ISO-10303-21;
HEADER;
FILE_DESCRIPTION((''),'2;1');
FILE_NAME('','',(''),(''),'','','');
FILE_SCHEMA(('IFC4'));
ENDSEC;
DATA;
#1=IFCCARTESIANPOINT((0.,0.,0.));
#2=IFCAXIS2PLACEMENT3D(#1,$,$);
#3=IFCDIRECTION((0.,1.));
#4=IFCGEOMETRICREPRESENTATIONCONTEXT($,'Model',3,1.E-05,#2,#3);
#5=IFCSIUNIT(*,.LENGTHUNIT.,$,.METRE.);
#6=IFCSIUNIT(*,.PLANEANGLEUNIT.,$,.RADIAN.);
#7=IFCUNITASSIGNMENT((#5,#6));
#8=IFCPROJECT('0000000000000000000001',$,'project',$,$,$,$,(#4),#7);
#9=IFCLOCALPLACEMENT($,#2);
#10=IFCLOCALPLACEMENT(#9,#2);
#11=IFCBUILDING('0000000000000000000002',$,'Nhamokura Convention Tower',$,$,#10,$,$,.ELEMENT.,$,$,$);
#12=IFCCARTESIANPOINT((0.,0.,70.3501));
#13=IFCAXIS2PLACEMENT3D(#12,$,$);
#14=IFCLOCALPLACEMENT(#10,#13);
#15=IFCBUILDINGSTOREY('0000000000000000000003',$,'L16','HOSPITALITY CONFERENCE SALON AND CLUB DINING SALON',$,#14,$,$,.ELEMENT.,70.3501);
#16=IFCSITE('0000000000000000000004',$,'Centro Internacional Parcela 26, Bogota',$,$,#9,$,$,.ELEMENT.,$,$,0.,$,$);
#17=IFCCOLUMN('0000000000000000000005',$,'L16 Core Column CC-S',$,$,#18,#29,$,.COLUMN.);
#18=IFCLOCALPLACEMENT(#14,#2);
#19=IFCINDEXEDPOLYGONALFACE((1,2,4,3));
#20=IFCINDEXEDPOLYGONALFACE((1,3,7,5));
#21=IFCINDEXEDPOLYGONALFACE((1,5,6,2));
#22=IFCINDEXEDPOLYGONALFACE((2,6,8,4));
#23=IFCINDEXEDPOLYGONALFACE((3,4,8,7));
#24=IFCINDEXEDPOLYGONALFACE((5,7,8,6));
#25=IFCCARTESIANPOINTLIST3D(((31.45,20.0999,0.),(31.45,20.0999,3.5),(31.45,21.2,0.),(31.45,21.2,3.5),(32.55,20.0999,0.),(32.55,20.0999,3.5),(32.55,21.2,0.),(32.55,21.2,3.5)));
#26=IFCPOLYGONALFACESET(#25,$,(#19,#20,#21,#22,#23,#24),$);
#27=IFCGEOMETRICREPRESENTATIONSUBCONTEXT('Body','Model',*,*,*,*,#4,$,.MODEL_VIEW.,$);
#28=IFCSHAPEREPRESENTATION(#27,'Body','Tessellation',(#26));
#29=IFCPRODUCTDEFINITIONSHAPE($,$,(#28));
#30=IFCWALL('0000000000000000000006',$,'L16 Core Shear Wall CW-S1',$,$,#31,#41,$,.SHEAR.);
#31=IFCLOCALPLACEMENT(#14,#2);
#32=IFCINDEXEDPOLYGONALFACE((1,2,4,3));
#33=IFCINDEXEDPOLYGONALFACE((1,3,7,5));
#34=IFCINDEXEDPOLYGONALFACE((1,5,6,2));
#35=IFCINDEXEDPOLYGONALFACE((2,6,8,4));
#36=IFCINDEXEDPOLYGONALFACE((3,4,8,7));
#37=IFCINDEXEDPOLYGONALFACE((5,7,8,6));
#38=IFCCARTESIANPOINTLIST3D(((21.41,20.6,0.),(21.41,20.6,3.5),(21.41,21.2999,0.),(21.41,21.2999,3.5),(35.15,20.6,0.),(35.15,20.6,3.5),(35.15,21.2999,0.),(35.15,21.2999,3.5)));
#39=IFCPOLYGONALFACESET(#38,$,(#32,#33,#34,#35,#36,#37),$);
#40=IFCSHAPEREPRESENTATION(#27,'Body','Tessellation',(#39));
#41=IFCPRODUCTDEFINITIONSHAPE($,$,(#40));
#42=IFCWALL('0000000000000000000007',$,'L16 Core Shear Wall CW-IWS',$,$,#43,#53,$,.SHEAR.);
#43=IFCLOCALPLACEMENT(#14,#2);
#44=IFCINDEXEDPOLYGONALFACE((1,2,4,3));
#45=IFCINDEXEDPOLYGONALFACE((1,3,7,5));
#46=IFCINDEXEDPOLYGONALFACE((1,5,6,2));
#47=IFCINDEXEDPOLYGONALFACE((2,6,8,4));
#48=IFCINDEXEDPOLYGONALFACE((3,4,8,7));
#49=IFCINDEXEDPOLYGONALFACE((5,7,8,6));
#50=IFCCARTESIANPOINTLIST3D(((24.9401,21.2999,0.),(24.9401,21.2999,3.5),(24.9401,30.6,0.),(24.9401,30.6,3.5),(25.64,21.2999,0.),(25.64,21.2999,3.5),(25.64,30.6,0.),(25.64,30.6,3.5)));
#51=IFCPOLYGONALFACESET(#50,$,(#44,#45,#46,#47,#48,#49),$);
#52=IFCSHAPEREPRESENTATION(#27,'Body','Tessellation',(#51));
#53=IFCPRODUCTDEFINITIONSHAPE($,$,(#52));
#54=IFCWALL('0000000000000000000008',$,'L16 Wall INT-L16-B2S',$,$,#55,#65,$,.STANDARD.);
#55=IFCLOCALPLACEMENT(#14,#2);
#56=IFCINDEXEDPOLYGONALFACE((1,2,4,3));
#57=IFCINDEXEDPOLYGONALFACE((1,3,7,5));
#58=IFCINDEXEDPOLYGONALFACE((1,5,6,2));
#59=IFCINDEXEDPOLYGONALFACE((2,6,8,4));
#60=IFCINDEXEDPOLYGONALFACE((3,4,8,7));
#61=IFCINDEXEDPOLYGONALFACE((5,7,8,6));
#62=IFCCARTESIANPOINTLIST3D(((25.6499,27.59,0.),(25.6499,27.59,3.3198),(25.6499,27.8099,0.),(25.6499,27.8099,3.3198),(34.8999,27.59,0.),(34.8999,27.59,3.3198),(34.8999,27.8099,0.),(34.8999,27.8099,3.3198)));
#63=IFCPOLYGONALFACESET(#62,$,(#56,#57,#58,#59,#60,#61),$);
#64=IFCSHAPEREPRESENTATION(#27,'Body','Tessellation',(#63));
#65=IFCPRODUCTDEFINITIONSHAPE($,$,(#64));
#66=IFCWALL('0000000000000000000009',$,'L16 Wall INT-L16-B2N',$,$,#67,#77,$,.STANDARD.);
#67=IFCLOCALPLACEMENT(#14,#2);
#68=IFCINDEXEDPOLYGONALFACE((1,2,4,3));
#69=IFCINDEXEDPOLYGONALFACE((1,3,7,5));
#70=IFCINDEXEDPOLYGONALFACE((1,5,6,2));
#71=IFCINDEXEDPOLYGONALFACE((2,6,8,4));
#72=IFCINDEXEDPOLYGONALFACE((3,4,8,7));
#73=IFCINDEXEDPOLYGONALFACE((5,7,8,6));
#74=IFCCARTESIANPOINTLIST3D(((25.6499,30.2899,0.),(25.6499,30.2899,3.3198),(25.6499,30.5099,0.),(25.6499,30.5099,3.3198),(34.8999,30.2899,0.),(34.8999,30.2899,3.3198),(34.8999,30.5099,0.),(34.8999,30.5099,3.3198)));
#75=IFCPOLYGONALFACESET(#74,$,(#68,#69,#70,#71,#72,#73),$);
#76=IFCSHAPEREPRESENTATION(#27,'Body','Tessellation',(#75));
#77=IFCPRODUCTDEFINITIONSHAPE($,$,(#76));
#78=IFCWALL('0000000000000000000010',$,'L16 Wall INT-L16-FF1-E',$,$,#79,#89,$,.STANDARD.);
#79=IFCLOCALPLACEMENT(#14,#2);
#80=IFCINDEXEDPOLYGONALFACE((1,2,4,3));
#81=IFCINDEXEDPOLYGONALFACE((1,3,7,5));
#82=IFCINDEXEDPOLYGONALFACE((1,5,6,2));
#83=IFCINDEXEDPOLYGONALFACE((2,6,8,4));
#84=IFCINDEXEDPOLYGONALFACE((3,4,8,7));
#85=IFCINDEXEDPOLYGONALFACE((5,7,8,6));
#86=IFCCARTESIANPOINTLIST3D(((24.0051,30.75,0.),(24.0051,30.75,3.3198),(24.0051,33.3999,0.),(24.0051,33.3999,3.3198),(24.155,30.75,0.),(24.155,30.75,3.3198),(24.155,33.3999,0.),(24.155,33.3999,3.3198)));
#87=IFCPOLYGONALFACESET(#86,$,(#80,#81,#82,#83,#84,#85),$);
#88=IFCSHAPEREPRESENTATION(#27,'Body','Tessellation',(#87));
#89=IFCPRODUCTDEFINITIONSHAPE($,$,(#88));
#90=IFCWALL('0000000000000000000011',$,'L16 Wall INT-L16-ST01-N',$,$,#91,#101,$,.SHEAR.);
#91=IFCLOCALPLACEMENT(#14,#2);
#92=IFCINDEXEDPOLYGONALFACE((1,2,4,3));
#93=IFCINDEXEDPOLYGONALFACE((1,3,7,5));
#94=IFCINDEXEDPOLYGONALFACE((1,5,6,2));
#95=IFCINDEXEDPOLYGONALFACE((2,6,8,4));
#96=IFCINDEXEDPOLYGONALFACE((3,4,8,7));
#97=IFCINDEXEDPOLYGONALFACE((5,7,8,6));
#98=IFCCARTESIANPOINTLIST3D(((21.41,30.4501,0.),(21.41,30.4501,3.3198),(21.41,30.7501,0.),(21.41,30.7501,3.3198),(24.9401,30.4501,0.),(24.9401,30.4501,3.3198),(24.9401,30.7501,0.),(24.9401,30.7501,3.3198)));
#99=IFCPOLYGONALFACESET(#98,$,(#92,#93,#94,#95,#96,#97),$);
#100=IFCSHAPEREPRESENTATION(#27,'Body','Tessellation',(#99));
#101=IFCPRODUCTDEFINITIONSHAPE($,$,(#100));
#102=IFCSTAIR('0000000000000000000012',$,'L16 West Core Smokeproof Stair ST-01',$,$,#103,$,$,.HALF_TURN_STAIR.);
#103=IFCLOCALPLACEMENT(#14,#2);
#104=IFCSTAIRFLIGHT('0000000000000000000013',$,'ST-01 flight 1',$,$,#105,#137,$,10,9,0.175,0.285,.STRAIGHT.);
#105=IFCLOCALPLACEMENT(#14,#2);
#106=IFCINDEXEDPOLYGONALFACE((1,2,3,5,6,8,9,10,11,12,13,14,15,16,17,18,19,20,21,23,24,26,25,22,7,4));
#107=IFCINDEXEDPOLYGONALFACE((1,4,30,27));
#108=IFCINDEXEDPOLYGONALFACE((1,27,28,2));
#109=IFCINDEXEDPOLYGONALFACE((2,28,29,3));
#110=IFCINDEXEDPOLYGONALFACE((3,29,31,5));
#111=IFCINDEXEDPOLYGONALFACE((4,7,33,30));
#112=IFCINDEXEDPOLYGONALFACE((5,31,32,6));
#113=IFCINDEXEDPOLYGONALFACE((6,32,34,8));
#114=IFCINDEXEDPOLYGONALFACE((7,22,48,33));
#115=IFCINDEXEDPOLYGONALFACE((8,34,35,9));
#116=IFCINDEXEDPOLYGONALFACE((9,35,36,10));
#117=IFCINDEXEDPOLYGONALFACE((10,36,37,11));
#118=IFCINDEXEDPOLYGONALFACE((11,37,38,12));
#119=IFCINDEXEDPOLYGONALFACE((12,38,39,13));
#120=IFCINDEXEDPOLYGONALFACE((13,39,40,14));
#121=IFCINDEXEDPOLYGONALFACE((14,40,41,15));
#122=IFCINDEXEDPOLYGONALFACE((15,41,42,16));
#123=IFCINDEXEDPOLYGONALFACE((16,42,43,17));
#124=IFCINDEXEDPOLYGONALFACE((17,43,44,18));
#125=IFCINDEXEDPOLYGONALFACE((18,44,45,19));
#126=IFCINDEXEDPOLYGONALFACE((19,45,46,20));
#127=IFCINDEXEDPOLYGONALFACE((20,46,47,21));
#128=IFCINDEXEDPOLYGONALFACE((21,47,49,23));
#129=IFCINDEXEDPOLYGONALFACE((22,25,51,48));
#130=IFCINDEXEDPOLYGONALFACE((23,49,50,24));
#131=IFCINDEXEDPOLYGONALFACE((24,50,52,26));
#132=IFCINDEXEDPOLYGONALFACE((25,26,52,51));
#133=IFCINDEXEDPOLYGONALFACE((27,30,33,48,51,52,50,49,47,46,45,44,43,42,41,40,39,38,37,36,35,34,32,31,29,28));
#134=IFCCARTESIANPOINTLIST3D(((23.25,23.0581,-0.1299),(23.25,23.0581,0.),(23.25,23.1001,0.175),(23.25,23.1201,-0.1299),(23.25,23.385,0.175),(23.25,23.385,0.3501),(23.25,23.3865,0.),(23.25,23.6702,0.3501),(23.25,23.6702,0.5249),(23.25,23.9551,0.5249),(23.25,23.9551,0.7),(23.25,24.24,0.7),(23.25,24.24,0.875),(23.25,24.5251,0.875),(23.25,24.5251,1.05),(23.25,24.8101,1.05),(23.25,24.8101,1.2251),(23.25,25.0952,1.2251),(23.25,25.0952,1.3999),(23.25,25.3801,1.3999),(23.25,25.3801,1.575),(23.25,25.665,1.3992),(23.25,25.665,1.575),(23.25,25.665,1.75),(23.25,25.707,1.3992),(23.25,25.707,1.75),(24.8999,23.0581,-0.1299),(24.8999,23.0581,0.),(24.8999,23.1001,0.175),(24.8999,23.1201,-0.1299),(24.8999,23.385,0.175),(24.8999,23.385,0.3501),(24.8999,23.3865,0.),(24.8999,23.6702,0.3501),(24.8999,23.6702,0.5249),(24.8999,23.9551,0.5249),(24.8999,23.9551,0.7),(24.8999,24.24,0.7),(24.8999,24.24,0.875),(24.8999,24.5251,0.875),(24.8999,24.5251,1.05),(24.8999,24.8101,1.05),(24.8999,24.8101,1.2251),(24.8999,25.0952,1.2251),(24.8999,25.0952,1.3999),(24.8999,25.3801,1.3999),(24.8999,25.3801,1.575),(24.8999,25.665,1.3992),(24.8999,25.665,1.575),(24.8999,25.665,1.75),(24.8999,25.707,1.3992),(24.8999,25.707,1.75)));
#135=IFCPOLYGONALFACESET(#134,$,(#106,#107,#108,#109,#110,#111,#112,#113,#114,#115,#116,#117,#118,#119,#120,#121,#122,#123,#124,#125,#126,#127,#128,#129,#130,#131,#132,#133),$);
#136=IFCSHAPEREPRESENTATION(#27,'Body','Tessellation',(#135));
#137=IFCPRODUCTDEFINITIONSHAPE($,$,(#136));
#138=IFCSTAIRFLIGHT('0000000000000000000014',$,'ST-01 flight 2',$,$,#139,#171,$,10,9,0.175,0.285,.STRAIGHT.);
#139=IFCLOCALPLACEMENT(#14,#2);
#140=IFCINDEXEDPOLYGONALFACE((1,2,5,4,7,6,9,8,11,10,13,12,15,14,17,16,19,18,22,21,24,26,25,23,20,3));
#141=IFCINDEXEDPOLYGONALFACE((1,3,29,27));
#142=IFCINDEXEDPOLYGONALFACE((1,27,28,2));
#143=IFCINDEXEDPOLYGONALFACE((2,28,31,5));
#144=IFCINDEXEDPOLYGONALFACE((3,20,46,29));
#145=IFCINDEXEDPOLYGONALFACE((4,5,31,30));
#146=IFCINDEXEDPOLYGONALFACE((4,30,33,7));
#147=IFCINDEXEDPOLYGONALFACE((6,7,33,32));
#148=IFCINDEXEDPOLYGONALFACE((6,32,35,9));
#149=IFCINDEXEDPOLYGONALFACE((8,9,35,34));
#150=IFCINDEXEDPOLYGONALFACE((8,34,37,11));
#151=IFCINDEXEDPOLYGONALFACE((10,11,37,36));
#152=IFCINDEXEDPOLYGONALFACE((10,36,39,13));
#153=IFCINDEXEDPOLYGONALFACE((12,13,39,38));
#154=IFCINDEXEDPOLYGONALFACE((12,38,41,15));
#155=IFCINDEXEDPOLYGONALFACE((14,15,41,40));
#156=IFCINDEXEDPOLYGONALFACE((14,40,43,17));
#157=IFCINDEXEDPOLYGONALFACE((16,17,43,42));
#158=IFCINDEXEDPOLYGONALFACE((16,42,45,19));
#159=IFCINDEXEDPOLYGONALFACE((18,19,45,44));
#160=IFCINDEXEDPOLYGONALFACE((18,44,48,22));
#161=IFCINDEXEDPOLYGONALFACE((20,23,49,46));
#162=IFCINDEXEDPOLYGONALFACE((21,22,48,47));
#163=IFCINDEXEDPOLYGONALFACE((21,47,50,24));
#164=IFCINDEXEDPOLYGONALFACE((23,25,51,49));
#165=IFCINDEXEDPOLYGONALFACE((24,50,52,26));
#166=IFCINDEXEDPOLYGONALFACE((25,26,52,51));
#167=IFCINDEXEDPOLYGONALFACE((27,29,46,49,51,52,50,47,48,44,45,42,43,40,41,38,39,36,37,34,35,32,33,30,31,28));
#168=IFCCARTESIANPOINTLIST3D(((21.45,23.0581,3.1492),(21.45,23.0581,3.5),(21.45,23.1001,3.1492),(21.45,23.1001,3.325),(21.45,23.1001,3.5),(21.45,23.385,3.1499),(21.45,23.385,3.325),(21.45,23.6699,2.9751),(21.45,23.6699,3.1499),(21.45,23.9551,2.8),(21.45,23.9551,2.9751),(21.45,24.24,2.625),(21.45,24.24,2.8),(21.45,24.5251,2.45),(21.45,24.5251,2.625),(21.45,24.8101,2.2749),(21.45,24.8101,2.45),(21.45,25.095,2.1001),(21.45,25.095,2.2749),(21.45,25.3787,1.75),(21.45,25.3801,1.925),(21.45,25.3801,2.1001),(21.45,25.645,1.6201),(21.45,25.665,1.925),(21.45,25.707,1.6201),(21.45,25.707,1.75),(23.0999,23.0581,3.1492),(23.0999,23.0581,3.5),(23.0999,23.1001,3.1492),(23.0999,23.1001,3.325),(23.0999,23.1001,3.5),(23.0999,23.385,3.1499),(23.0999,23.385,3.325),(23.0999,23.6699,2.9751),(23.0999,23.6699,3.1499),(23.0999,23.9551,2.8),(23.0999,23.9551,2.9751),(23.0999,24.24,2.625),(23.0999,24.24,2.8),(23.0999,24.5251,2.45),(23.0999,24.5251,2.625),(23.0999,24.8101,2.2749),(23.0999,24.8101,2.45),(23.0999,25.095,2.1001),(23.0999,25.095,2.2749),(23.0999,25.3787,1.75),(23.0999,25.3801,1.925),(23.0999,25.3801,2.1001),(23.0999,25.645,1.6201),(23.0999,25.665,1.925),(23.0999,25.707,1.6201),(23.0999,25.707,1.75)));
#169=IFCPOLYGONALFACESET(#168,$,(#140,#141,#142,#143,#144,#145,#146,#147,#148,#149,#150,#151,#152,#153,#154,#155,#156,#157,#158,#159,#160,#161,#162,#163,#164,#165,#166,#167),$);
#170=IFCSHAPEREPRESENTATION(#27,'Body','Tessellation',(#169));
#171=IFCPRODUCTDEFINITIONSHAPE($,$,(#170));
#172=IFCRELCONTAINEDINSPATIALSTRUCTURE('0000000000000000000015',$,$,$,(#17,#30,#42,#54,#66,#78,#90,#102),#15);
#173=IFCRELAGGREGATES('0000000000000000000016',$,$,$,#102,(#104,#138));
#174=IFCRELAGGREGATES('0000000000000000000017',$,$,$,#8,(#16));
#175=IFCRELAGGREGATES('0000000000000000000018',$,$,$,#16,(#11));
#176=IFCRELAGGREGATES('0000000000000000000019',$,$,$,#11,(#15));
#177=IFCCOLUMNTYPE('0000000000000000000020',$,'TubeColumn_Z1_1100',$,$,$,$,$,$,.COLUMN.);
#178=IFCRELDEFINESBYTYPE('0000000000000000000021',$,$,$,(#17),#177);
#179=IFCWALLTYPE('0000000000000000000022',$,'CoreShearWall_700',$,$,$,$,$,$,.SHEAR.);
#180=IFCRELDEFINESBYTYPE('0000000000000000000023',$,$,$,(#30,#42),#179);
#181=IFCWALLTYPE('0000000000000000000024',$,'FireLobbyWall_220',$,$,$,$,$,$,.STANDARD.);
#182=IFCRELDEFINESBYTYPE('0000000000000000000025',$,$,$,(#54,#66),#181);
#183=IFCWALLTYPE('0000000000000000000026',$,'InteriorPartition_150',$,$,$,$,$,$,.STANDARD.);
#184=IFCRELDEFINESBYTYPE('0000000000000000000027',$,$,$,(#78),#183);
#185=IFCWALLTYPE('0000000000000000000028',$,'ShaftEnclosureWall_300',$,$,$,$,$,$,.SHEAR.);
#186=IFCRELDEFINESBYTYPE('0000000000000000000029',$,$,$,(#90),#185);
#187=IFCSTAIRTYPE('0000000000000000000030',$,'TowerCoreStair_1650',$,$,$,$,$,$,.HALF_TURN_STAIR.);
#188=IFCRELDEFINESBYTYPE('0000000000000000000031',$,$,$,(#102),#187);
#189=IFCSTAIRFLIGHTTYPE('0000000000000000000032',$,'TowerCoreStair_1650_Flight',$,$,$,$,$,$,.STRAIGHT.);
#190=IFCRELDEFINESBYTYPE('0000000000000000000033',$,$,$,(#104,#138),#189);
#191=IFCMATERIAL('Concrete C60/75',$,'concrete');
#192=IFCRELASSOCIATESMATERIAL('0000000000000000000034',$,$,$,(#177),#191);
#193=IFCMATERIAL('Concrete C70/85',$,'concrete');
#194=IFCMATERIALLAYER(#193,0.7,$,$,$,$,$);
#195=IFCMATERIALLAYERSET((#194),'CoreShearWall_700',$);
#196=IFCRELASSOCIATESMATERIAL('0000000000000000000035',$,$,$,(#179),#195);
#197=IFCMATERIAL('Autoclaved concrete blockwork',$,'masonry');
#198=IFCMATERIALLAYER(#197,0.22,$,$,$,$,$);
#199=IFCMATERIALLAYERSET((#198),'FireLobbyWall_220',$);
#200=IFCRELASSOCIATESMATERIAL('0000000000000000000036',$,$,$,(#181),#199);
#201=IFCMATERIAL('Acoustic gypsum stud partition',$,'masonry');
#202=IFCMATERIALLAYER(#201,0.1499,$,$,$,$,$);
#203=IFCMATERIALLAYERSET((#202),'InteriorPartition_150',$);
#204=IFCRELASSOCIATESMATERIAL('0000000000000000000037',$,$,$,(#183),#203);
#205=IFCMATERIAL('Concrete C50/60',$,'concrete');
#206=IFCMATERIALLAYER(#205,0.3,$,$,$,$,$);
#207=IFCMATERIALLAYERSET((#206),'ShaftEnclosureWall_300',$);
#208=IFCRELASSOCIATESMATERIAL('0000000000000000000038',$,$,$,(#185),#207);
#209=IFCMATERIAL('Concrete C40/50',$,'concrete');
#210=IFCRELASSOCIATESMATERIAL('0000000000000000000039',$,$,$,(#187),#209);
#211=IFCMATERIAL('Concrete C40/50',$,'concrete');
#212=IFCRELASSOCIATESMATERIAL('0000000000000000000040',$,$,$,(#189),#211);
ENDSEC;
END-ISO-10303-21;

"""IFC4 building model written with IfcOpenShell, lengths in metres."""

from ifc_helpers import new_model, si_unit, direction, frame, frame_2d, origin, origin_2d, place, context, subcontext, project, spatial, polyline, rectangle, outline, extrude, material, layer, layer_set, material_profile, profile_set, type_object, element, aggregate, save


model = new_model("IFC4")

# Units and contexts
model_context = context("Model", 3, precision=1e-05, world=origin(), true_north=direction((0.0, 1.0)))
body_context = subcontext(model_context, "Body", "Model", "MODEL_VIEW")
ifc_project = project(units=[si_unit("LENGTHUNIT", "METRE"), si_unit("PLANEANGLEUNIT", "RADIAN")], contexts=[model_context])

# Site, building, storey
site_placement = place(None, origin())
site = spatial("IfcSite", under=ifc_project, at=site_placement, Name="Centro Internacional Parcela 26, Bogota", CompositionType="ELEMENT", RefElevation=0.0)
building_placement = place(site_placement, origin())
building = spatial("IfcBuilding", under=site, at=building_placement, Name="Nhamokura Convention Tower", CompositionType="ELEMENT")
storey_placement = place(building_placement, frame((0.0, 0.0, 70.3501)))
storey = spatial("IfcBuildingStorey", under=building, at=storey_placement, Name="L16", Description="HOSPITALITY CONFERENCE SALON AND CLUB DINING SALON", CompositionType="ELEMENT", Elevation=70.3501)

# Column
ifc_material_1 = material(Name="Concrete C60/75", Category="concrete")
ifc_material_profile = material_profile(ifc_material_1, rectangle(XDim=1.1001, YDim=1.1001, at=origin_2d()))
ifc_profile_set = profile_set([ifc_material_profile], Name="Concrete C60/75")
column_type = type_object("IfcColumnType", Name="TubeColumn_Z1_1100", PredefinedType="COLUMN", material=ifc_profile_set)
column_placement = place(storey_placement, frame((32.0, 20.6499, 0.0), z_axis=(0.0, 0.0, 1.0), x_axis=(1.0, 0.0, 0.0)))
element("IfcColumn", 1, at=column_placement, inside=storey, type_object=column_type, Name="L16 Core Column CC-S", PredefinedType="COLUMN", context=body_context, shape_type="SweptSolid", body=[
    extrude(rectangle(XDim=1.1001, YDim=1.1001, at=origin_2d()), origin(), (0.0, 0.0, 1.0), 3.5),
])

# Shared definitions
ifc_material_2 = material(Name="Concrete C70/85", Category="concrete")
ifc_layer_1 = layer(ifc_material_2, 0.7)
ifc_layer_set_1 = layer_set([ifc_layer_1], Name="CoreShearWall_700")
wall_type_1 = type_object("IfcWallType", Name="CoreShearWall_700", PredefinedType="SHEAR", material=ifc_layer_set_1)

# Walls
wall_1_placement = place(storey_placement, frame((21.4099, 20.95, 0.0), z_axis=(0.0, 0.0, 1.0), x_axis=(1.0, 0.0, 0.0)))
element("IfcWall", 2, at=wall_1_placement, inside=storey, type_object=wall_type_1, Name="L16 Core Shear Wall CW-S1", PredefinedType="SHEAR", context=body_context, shape_type="SweptSolid", body=[
    extrude(rectangle(XDim=13.74, YDim=0.7, at=frame_2d((6.8701, 0.0))), origin(), (0.0, 0.0, 1.0), 3.5),
])
wall_2_placement = place(storey_placement, frame((25.29, 21.3, 0.0), z_axis=(0.0, 0.0, 1.0), x_axis=(0.0, 1.0, 0.0)))
element("IfcWall", 3, at=wall_2_placement, inside=storey, type_object=wall_type_1, Name="L16 Core Shear Wall CW-IWS", PredefinedType="SHEAR", context=body_context, shape_type="SweptSolid", body=[
    extrude(rectangle(XDim=9.3, YDim=0.7, at=frame_2d((4.6499, 0.0))), origin(), (0.0, 0.0, 1.0), 3.5),
])

# Shared definitions
ifc_material_3 = material(Name="Autoclaved concrete blockwork", Category="masonry")
ifc_layer_2 = layer(ifc_material_3, 0.22)
ifc_layer_set_2 = layer_set([ifc_layer_2], Name="FireLobbyWall_220")
wall_type_2 = type_object("IfcWallType", Name="FireLobbyWall_220", PredefinedType="STANDARD", material=ifc_layer_set_2)

# Walls
for number, where, z_axis, x_axis, name in (
    (4, (25.6499, 27.7, 0.0), (0.0, 0.0, 1.0), (1.0, 0.0, 0.0), "L16 Wall INT-L16-B2S"),
    (5, (25.6499, 30.3999, 0.0), (0.0, 0.0, 1.0), (1.0, 0.0, 0.0), "L16 Wall INT-L16-B2N"),
):
    element("IfcWall", number, at=place(storey_placement, frame(where, z_axis=z_axis, x_axis=x_axis)), inside=storey, type_object=wall_type_2, Name=name, PredefinedType="STANDARD", context=body_context, shape_type="SweptSolid", body=[
        extrude(rectangle(XDim=9.25, YDim=0.22, at=frame_2d((4.625, 0.0))), origin(), (0.0, 0.0, 1.0), 3.3198),
    ])
ifc_material_4 = material(Name="Acoustic gypsum stud partition", Category="masonry")
ifc_layer_3 = layer(ifc_material_4, 0.1499)
ifc_layer_set_3 = layer_set([ifc_layer_3], Name="InteriorPartition_150")
wall_type_3 = type_object("IfcWallType", Name="InteriorPartition_150", PredefinedType="STANDARD", material=ifc_layer_set_3)
wall_3_placement = place(storey_placement, frame((24.0801, 30.75, 0.0), z_axis=(0.0, 0.0, 1.0), x_axis=(0.0, 1.0, 0.0)))
element("IfcWall", 6, at=wall_3_placement, inside=storey, type_object=wall_type_3, Name="L16 Wall INT-L16-FF1-E", PredefinedType="STANDARD", context=body_context, shape_type="SweptSolid", body=[
    extrude(rectangle(XDim=2.6499, YDim=0.1499, at=frame_2d((1.325, 0.0))), origin(), (0.0, 0.0, 1.0), 3.3198),
])
ifc_material_5 = material(Name="Concrete C50/60", Category="concrete")
ifc_layer_4 = layer(ifc_material_5, 0.3)
ifc_layer_set_4 = layer_set([ifc_layer_4], Name="ShaftEnclosureWall_300")
wall_type_4 = type_object("IfcWallType", Name="ShaftEnclosureWall_300", PredefinedType="SHEAR", material=ifc_layer_set_4)
wall_4_placement = place(storey_placement, frame((21.4099, 30.6001, 0.0), z_axis=(0.0, 0.0, 1.0), x_axis=(1.0, 0.0, 0.0)))
element("IfcWall", 7, at=wall_4_placement, inside=storey, type_object=wall_type_4, Name="L16 Wall INT-L16-ST01-N", PredefinedType="SHEAR", context=body_context, shape_type="SweptSolid", body=[
    extrude(rectangle(XDim=3.53, YDim=0.3, at=frame_2d((1.7651, 0.0))), origin(), (0.0, 0.0, 1.0), 3.3198),
])

# Stair, stair flights
ifc_material_6 = material(Name="Concrete C40/50", Category="concrete")
stair_type = type_object("IfcStairType", Name="TowerCoreStair_1650", PredefinedType="HALF_TURN_STAIR", material=ifc_material_6)
stair_placement = place(storey_placement, origin())
stair = element("IfcStair", 8, at=stair_placement, inside=storey, type_object=stair_type, Name="L16 West Core Smokeproof Stair ST-01", PredefinedType="HALF_TURN_STAIR")
ifc_material_7 = material(Name="Concrete C40/50", Category="concrete")
stair_flight_type = type_object("IfcStairFlightType", Name="TowerCoreStair_1650_Flight", PredefinedType="STRAIGHT", material=ifc_material_7)
stair_flight_1_placement = place(storey_placement, frame((24.075, 23.1001, 0.0), z_axis=(0.0, 0.0, 1.0), x_axis=(0.0, 1.0, 0.0)))
stair_flight_1 = element("IfcStairFlight", 9, at=stair_flight_1_placement, type_object=stair_flight_type, Name="ST-01 flight 1", NumberOfRisers=10, NumberOfTreads=9, PredefinedType="STRAIGHT", RiserHeight=0.175, TreadLength=0.285, context=body_context, shape_type="SweptSolid", body=[
    extrude(outline(polyline([(-0.042, 0.0), (0.0, 0.175), (0.2849, 0.175), (0.2849, 0.3501), (0.5701, 0.3501), (0.5701, 0.5249), (0.855, 0.5249), (0.855, 0.7), (1.1399, 0.7), (1.1399, 0.875), (1.425, 0.875), (1.425, 1.05), (1.71, 1.05), (1.71, 1.2251), (1.9951, 1.2251), (1.9951, 1.3999), (2.28, 1.3999), (2.28, 1.575), (2.5649, 1.575), (2.5649, 1.75), (2.6069, 1.75), (2.6069, 1.3992), (2.5649, 1.3992), (0.2864, 0.0), (0.02, -0.1299), (-0.042, -0.1299), (-0.042, 0.0)])), frame((0.0, 0.825, 0.0), z_axis=(0.0, -1.0, 0.0), x_axis=(1.0, 0.0, 0.0)), (0.0, 0.0, 1.0), 1.6499),
])
stair_flight_2_placement = place(storey_placement, frame((22.2749, 25.665, 1.75), z_axis=(0.0, 0.0, 1.0), x_axis=(0.0, -1.0, 0.0)))
stair_flight_2 = element("IfcStairFlight", 10, at=stair_flight_2_placement, type_object=stair_flight_type, Name="ST-01 flight 2", NumberOfRisers=10, NumberOfTreads=9, PredefinedType="STRAIGHT", RiserHeight=0.175, TreadLength=0.285, context=body_context, shape_type="SweptSolid", body=[
    extrude(outline(polyline([(-0.042, 0.0), (0.0, 0.175), (0.2849, 0.175), (0.2849, 0.3501), (0.5701, 0.3501), (0.5701, 0.5249), (0.855, 0.5249), (0.855, 0.7), (1.1399, 0.7), (1.1399, 0.875), (1.425, 0.875), (1.425, 1.05), (1.71, 1.05), (1.71, 1.2251), (1.9951, 1.2251), (1.9951, 1.3999), (2.28, 1.3999), (2.28, 1.575), (2.5649, 1.575), (2.5649, 1.75), (2.6069, 1.75), (2.6069, 1.3992), (2.5649, 1.3992), (0.2864, 0.0), (0.02, -0.1299), (-0.042, -0.1299), (-0.042, 0.0)])), frame((0.0, 0.825, 0.0), z_axis=(0.0, -1.0, 0.0), x_axis=(1.0, 0.0, 0.0)), (0.0, 0.0, 1.0), 1.6499),
])
aggregate(stair, [stair_flight_1, stair_flight_2])

save(model, "model.ifc")
